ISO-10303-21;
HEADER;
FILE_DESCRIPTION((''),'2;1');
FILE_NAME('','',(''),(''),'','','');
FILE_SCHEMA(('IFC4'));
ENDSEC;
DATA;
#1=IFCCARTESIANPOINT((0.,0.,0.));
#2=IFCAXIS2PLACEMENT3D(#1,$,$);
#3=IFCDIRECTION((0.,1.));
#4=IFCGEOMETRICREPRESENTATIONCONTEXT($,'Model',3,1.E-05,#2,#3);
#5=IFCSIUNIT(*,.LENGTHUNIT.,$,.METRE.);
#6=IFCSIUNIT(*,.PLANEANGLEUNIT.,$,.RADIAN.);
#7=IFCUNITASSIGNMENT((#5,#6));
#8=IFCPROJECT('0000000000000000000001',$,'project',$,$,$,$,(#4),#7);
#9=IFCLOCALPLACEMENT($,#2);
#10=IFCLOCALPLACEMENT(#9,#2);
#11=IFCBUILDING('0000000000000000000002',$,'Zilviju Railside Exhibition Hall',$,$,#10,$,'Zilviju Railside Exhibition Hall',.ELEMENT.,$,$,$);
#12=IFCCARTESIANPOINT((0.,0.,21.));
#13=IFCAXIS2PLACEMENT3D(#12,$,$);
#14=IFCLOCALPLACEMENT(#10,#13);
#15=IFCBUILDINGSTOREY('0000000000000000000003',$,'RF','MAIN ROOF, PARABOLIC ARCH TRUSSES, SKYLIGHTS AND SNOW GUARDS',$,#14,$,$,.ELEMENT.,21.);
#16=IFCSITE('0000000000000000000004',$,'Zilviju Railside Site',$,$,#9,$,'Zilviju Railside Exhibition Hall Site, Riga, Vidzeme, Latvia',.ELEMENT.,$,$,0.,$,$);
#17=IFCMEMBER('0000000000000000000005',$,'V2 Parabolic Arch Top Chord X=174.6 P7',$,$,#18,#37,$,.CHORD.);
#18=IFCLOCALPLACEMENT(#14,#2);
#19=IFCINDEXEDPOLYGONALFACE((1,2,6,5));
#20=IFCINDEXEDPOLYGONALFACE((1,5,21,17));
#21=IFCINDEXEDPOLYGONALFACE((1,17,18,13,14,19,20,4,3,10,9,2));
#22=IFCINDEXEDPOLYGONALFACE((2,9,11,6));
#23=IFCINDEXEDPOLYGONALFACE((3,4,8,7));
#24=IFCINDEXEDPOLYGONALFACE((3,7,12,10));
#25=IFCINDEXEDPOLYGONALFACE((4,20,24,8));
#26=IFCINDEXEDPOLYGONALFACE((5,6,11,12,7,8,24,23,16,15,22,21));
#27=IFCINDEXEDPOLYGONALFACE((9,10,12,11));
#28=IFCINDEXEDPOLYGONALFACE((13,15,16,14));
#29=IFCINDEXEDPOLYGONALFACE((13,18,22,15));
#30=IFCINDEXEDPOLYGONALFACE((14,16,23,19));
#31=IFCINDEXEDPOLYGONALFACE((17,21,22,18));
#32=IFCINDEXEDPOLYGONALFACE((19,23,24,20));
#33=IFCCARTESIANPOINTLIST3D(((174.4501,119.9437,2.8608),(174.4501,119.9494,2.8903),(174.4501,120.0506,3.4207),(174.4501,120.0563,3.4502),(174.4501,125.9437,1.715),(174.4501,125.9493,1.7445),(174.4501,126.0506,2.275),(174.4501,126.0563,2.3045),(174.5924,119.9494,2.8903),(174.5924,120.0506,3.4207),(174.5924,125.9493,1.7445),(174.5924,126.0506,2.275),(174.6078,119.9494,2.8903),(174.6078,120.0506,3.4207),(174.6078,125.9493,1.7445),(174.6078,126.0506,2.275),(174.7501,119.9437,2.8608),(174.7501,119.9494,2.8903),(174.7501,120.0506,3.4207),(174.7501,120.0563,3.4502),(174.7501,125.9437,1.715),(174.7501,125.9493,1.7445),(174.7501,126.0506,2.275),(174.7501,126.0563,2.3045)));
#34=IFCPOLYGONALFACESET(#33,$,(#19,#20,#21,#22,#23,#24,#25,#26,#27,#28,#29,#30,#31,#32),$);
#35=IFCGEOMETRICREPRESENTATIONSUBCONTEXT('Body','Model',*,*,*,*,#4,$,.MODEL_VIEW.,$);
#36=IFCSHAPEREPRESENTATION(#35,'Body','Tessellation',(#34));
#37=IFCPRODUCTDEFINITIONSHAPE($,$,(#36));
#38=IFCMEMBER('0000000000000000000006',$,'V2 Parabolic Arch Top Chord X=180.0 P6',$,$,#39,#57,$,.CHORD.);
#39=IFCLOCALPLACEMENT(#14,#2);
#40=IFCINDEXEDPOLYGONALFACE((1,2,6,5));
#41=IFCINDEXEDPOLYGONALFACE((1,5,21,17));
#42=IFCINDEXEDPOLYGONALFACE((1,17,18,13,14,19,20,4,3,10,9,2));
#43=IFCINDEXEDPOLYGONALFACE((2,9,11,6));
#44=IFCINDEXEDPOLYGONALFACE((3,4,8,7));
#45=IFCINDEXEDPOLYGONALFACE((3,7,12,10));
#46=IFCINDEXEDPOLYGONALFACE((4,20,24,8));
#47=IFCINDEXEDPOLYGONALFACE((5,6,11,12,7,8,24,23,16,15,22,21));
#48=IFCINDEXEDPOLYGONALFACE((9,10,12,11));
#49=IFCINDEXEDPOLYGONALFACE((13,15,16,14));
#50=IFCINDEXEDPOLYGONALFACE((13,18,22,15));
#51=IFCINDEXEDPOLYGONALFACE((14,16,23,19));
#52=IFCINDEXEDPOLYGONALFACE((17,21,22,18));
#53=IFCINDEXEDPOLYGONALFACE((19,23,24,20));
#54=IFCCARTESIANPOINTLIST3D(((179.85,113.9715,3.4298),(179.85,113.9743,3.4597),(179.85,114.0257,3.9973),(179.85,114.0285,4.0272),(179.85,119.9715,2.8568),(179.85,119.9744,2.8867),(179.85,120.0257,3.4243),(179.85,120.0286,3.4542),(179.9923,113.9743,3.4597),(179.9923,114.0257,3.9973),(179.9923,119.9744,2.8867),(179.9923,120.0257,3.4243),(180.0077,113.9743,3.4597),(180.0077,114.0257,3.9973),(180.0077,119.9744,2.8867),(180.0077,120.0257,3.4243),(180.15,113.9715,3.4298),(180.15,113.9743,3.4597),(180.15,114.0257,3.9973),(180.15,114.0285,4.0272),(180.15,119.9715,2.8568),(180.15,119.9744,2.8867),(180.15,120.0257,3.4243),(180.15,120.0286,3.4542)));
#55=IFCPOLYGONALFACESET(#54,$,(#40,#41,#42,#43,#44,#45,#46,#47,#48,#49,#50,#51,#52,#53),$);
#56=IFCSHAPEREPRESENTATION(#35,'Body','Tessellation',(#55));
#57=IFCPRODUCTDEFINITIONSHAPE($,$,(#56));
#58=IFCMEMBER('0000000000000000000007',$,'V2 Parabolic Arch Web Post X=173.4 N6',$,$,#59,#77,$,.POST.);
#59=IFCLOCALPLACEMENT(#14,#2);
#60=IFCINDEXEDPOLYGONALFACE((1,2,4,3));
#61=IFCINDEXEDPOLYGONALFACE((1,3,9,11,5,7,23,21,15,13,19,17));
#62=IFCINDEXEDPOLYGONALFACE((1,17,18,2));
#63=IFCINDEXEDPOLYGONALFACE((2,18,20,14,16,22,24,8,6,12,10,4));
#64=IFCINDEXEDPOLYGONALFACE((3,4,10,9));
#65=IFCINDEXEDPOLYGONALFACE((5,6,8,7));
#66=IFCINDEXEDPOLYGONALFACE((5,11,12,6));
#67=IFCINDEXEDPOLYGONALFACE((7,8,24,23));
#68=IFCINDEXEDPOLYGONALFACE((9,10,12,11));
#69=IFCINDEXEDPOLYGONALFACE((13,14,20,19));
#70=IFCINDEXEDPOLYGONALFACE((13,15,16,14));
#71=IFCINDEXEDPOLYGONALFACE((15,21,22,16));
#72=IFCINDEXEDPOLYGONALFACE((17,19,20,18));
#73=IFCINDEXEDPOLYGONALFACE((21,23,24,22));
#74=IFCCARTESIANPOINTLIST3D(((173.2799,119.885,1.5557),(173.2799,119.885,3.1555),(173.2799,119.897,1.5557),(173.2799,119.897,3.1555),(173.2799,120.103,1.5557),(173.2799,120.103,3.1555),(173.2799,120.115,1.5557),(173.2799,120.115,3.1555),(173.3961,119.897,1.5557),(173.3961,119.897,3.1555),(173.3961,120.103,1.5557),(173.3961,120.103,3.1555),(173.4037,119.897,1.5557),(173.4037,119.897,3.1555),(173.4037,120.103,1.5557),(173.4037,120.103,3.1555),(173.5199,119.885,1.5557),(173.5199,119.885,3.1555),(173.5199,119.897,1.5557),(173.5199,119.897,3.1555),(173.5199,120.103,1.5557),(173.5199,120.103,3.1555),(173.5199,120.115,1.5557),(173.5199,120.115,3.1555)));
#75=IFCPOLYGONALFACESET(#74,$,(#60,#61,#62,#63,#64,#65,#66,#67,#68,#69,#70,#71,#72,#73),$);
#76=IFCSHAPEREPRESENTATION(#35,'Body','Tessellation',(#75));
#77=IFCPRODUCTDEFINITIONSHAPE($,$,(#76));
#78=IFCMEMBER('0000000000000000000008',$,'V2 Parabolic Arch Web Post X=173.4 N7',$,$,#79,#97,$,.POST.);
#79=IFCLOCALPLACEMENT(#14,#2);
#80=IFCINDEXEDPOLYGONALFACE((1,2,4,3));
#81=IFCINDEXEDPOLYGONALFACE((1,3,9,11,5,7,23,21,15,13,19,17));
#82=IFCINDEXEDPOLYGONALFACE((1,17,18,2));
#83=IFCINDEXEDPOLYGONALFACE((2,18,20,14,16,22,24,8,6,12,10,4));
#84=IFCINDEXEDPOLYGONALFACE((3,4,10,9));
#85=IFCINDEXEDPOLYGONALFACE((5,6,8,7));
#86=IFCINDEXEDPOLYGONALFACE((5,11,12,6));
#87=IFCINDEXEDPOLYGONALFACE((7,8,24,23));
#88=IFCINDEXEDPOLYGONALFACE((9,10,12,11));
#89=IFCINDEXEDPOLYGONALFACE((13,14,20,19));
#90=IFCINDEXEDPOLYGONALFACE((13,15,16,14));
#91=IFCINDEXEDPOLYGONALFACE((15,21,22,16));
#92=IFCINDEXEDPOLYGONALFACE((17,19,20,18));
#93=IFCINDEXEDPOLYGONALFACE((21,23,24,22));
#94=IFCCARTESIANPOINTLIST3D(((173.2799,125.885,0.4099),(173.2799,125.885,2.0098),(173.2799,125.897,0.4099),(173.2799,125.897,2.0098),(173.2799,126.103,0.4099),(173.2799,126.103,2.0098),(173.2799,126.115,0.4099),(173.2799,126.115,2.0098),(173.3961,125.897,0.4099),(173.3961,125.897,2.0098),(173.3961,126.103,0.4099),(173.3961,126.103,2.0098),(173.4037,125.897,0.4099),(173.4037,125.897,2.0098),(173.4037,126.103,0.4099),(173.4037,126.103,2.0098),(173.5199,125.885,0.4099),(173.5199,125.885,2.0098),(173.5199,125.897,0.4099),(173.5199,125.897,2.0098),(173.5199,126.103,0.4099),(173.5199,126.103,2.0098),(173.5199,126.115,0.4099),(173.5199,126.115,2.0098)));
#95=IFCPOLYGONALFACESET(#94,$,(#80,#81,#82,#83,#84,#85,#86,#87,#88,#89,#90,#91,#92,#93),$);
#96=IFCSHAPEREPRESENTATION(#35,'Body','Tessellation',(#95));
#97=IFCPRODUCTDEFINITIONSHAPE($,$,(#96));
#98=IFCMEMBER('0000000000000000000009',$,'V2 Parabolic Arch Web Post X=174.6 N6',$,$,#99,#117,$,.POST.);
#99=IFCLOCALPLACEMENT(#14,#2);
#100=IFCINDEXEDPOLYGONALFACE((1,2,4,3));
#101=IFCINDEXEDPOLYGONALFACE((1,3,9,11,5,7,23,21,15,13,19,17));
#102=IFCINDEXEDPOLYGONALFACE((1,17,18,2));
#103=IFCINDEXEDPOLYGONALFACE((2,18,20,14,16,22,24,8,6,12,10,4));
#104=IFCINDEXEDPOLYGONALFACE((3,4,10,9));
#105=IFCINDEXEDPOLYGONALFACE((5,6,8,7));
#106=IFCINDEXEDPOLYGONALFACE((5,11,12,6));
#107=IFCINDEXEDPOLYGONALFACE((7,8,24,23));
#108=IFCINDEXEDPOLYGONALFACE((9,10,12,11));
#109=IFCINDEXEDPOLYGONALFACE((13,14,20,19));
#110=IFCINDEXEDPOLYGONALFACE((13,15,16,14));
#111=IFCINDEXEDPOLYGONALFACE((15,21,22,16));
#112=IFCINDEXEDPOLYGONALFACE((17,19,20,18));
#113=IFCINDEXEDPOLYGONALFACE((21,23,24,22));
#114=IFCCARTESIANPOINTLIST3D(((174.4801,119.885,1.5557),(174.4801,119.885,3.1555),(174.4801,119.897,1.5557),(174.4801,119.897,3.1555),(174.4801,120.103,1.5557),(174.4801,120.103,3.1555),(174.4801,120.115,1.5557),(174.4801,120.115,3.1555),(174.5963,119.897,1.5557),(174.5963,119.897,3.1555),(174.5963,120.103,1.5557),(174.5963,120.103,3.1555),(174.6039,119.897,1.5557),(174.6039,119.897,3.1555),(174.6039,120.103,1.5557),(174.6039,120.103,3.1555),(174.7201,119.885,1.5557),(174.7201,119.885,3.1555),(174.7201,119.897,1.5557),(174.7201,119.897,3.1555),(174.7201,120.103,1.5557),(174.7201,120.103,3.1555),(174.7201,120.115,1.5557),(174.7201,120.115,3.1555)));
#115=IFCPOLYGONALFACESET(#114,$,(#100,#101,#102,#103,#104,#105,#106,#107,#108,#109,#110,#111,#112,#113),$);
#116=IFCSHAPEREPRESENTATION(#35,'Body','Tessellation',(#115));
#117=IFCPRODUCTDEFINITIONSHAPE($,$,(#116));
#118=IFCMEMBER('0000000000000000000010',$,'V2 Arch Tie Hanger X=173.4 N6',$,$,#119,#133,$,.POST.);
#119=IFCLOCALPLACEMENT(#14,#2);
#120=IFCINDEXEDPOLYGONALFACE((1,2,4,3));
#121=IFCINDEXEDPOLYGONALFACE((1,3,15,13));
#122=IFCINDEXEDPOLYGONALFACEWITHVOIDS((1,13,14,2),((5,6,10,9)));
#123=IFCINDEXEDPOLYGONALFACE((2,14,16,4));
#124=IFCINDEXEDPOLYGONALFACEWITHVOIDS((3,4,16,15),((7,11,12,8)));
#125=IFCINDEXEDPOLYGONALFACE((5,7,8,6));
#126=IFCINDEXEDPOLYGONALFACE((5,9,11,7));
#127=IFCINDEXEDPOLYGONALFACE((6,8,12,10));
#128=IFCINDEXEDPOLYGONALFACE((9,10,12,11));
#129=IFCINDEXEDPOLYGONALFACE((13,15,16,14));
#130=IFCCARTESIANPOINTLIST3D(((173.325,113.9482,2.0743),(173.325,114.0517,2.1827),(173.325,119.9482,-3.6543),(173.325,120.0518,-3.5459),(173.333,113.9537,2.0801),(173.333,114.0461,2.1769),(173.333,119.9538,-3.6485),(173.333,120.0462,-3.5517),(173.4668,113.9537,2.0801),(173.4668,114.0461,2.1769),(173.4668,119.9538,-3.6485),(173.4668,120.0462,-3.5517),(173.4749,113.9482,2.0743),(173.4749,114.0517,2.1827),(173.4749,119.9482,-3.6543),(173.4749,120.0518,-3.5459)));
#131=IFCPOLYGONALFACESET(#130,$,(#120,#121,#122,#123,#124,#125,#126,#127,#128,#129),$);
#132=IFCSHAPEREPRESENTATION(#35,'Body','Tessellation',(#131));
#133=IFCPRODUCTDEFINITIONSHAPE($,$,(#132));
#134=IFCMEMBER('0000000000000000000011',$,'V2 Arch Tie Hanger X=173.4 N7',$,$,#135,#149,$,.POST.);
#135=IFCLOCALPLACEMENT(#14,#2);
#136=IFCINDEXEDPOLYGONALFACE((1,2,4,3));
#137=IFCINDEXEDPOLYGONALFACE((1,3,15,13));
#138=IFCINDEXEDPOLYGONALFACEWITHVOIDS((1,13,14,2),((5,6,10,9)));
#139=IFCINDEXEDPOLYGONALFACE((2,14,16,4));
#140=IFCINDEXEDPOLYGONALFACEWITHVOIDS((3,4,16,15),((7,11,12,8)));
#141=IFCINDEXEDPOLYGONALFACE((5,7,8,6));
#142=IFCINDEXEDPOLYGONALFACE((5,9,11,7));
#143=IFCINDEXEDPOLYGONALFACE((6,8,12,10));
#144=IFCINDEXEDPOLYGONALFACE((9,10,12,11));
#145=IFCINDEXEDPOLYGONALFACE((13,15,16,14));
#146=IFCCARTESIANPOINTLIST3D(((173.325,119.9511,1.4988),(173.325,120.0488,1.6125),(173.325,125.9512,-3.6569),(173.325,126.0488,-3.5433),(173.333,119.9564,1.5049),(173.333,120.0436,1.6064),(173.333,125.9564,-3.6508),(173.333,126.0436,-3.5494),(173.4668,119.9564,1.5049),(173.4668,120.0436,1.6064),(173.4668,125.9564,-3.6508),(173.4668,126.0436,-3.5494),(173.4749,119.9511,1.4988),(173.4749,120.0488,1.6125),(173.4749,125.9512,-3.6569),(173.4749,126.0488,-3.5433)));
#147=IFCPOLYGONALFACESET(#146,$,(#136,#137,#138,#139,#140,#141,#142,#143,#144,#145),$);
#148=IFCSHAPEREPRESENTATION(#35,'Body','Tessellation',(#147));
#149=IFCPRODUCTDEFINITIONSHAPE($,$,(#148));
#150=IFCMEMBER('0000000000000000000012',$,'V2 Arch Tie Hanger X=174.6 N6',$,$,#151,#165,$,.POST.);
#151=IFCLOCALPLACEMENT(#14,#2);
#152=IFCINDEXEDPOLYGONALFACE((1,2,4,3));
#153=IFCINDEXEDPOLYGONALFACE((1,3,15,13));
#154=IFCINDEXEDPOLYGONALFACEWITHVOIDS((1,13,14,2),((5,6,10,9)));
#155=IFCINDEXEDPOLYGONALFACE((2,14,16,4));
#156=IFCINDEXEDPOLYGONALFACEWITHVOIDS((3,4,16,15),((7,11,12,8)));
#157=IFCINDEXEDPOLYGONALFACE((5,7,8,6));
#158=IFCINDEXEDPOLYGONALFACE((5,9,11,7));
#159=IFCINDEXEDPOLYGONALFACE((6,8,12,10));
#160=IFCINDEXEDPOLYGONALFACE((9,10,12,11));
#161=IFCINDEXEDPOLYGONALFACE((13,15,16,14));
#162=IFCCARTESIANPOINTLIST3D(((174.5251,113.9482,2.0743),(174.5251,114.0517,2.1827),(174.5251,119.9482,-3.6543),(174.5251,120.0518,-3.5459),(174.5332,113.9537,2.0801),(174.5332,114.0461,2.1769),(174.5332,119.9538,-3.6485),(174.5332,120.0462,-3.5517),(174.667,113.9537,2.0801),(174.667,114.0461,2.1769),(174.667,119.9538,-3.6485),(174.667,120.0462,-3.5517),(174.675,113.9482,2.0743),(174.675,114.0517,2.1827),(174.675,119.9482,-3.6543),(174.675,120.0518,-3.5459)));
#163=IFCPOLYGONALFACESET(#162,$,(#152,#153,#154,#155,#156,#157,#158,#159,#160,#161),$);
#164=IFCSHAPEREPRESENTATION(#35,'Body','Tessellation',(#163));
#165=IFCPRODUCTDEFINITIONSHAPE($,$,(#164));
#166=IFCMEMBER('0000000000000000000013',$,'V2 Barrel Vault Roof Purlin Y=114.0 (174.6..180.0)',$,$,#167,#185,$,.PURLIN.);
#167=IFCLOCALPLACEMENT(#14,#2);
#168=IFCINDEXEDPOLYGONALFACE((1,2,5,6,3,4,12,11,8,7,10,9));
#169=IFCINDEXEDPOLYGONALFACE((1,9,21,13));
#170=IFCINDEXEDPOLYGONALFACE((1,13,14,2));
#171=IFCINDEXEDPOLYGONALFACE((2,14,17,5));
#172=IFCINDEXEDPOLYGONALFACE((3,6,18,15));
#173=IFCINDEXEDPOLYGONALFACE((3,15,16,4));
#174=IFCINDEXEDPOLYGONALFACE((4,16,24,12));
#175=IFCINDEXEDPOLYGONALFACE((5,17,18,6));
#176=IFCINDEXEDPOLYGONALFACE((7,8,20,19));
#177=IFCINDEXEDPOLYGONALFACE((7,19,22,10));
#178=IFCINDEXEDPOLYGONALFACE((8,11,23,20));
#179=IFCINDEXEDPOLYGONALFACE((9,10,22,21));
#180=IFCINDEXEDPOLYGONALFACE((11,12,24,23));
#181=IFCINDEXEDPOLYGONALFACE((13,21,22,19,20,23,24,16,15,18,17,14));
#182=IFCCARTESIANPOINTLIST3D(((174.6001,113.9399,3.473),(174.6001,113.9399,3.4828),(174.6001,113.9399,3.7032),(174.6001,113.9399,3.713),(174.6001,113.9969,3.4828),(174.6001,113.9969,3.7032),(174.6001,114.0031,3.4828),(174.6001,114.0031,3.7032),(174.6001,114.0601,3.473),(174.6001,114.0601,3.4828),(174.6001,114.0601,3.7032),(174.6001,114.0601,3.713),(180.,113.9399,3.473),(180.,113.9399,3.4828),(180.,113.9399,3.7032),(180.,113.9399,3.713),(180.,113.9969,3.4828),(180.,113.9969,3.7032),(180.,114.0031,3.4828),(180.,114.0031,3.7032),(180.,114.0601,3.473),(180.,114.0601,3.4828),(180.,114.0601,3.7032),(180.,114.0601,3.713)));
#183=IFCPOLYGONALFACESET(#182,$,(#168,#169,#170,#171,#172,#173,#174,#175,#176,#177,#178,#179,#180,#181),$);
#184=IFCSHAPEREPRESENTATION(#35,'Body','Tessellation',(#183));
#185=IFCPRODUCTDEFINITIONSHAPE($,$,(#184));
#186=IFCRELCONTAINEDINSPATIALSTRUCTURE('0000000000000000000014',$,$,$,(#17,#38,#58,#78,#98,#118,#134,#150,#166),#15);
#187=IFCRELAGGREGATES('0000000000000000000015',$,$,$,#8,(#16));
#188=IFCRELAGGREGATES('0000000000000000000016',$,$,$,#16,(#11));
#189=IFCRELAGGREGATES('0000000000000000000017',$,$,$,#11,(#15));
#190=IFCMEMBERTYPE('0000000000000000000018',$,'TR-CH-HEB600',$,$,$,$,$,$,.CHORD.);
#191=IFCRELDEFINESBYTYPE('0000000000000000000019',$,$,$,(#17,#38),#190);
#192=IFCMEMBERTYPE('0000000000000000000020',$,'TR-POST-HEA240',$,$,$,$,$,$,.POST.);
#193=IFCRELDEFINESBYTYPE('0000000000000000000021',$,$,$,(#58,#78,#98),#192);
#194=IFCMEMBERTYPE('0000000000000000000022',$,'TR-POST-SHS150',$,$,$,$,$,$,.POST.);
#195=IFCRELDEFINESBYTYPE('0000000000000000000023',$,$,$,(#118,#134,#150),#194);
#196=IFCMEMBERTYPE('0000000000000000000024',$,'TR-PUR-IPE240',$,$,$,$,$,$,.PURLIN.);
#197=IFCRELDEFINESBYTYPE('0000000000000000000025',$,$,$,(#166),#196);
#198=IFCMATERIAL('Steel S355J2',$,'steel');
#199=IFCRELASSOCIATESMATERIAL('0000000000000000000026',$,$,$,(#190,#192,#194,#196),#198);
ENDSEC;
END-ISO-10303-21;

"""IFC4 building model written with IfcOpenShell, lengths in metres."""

from ifc_helpers import new_model, si_unit, direction, frame, origin, origin_2d, place, context, subcontext, project, spatial, hollow_rectangle, i_section, extrude, material, material_profile, profile_set, type_object, element, save


model = new_model("IFC4")

# Units and contexts
model_context = context("Model", 3, precision=1e-05, world=origin(), true_north=direction((0.0, 1.0)))
body_context = subcontext(model_context, "Body", "Model", "MODEL_VIEW")
ifc_project = project(units=[si_unit("LENGTHUNIT", "METRE"), si_unit("PLANEANGLEUNIT", "RADIAN")], contexts=[model_context])

# Site, building, storey
site_placement = place(None, origin())
site = spatial("IfcSite", under=ifc_project, at=site_placement, Name="Zilviju Railside Site", LongName="Zilviju Railside Exhibition Hall Site, Riga, Vidzeme, Latvia", CompositionType="ELEMENT", RefElevation=0.0)
building_placement = place(site_placement, origin())
building = spatial("IfcBuilding", under=site, at=building_placement, Name="Zilviju Railside Exhibition Hall", LongName="Zilviju Railside Exhibition Hall", CompositionType="ELEMENT")
storey_placement = place(building_placement, frame((0.0, 0.0, 21.0)))
storey = spatial("IfcBuildingStorey", under=building, at=storey_placement, Name="RF", Description="MAIN ROOF, PARABOLIC ARCH TRUSSES, SKYLIGHTS AND SNOW GUARDS", CompositionType="ELEMENT", Elevation=21.0)

# Members
ifc_material_1 = material(Name="Steel S355J2", Category="steel")
ifc_material_profile_1 = material_profile(ifc_material_1, i_section(OverallWidth=0.3, OverallDepth=0.6001, WebThickness=0.0154, FlangeThickness=0.03, at=origin_2d()), Name="HEB 600")
ifc_profile_set_1 = profile_set([ifc_material_profile_1], Name="Steel S355J2")
member_type_1 = type_object("IfcMemberType", Name="TR-CH-HEB600", PredefinedType="CHORD", material=ifc_profile_set_1)
member_1_placement = place(storey_placement, frame((174.6001, 120.0, 3.1555), z_axis=(0.0, 0.982251, -0.187569), x_axis=(-1.0, 0.0, 0.0)))
element("IfcMember", 1, at=member_1_placement, inside=storey, type_object=member_type_1, Name="V2 Parabolic Arch Top Chord X=174.6 P7", PredefinedType="CHORD", context=body_context, shape_type="SweptSolid", body=[
    extrude(i_section(OverallWidth=0.3, OverallDepth=0.6001, WebThickness=0.0154, FlangeThickness=0.03, at=origin_2d()), origin(), (0.0, 0.0, 1.0), 6.1084),
])
member_2_placement = place(storey_placement, frame((180.0, 114.0, 3.7285), z_axis=(0.0, 0.995471, -0.095067), x_axis=(-1.0, 0.0, 0.0)))
element("IfcMember", 2, at=member_2_placement, inside=storey, type_object=member_type_1, Name="V2 Parabolic Arch Top Chord X=180.0 P6", PredefinedType="CHORD", context=body_context, shape_type="SweptSolid", body=[
    extrude(i_section(OverallWidth=0.3, OverallDepth=0.6001, WebThickness=0.0154, FlangeThickness=0.03, at=origin_2d()), origin(), (0.0, 0.0, 1.0), 6.0273),
])
ifc_material_profile_2 = material_profile(ifc_material_1, i_section(OverallWidth=0.24, OverallDepth=0.23, WebThickness=0.0076, FlangeThickness=0.012, at=origin_2d()), Name="HEA 240")
ifc_profile_set_2 = profile_set([ifc_material_profile_2], Name="Steel S355J2")
member_type_2 = type_object("IfcMemberType", Name="TR-POST-HEA240", PredefinedType="POST", material=ifc_profile_set_2)
for number, where, z_axis, x_axis, name in (
    (3, (173.3999, 120.0, 1.5557), (0.0, 0.0, 1.0), (1.0, 0.0, 0.0), "V2 Parabolic Arch Web Post X=173.4 N6"),
    (4, (173.3999, 126.0, 0.4099), (0.0, 0.0, 1.0), (1.0, 0.0, 0.0), "V2 Parabolic Arch Web Post X=173.4 N7"),
    (5, (174.6001, 120.0, 1.5557), (0.0, 0.0, 1.0), (1.0, 0.0, 0.0), "V2 Parabolic Arch Web Post X=174.6 N6"),
):
    element("IfcMember", number, at=place(storey_placement, frame(where, z_axis=z_axis, x_axis=x_axis)), inside=storey, type_object=member_type_2, Name=name, PredefinedType="POST", context=body_context, shape_type="SweptSolid", body=[
        extrude(i_section(OverallWidth=0.24, OverallDepth=0.23, WebThickness=0.0076, FlangeThickness=0.012, at=origin_2d()), origin(), (0.0, 0.0, 1.0), 1.5999),
    ])
ifc_material_profile_3 = material_profile(ifc_material_1, hollow_rectangle(XDim=0.1499, YDim=0.1499, WallThickness=0.0081, at=origin_2d()), Name="SHS 150x150x8.0")
ifc_profile_set_3 = profile_set([ifc_material_profile_3], Name="Steel S355J2")
member_type_3 = type_object("IfcMemberType", Name="TR-POST-SHS150", PredefinedType="POST", material=ifc_profile_set_3)
member_3_placement = place(storey_placement, frame((173.3999, 120.0, -3.6001), z_axis=(0.0, -0.723281, 0.690554), x_axis=(1.0, 0.0, 0.0)))
element("IfcMember", 6, at=member_3_placement, inside=storey, type_object=member_type_3, Name="V2 Arch Tie Hanger X=173.4 N6", PredefinedType="POST", context=body_context, shape_type="SweptSolid", body=[
    extrude(hollow_rectangle(XDim=0.1499, YDim=0.1499, WallThickness=0.0081, at=origin_2d()), origin(), (0.0, 0.0, 1.0), 8.2957),
])
member_4_placement = place(storey_placement, frame((173.3999, 126.0, -3.6001), z_axis=(0.0, -0.75845, 0.651731), x_axis=(1.0, 0.0, 0.0)))
element("IfcMember", 7, at=member_4_placement, inside=storey, type_object=member_type_3, Name="V2 Arch Tie Hanger X=173.4 N7", PredefinedType="POST", context=body_context, shape_type="SweptSolid", body=[
    extrude(hollow_rectangle(XDim=0.1499, YDim=0.1499, WallThickness=0.0081, at=origin_2d()), origin(), (0.0, 0.0, 1.0), 7.9109),
])
member_5_placement = place(storey_placement, frame((174.6001, 120.0, -3.6001), z_axis=(0.0, -0.723281, 0.690554), x_axis=(1.0, 0.0, 0.0)))
element("IfcMember", 8, at=member_5_placement, inside=storey, type_object=member_type_3, Name="V2 Arch Tie Hanger X=174.6 N6", PredefinedType="POST", context=body_context, shape_type="SweptSolid", body=[
    extrude(hollow_rectangle(XDim=0.1499, YDim=0.1499, WallThickness=0.0081, at=origin_2d()), origin(), (0.0, 0.0, 1.0), 8.2957),
])
ifc_material_profile_4 = material_profile(ifc_material_1, i_section(OverallWidth=0.1201, OverallDepth=0.24, WebThickness=0.0061, FlangeThickness=0.0098, at=origin_2d()), Name="IPE 240")
ifc_profile_set_4 = profile_set([ifc_material_profile_4], Name="Steel S355J2")
member_type_4 = type_object("IfcMemberType", Name="TR-PUR-IPE240", PredefinedType="PURLIN", material=ifc_profile_set_4)
for number, where, z_axis, x_axis, name in (
    (9, (174.6001, 114.0, 3.593), (1.0, 0.0, 0.0), (0.0, 1.0, 0.0), "V2 Barrel Vault Roof Purlin Y=114.0 (174.6..180.0)"),
):
    element("IfcMember", number, at=place(storey_placement, frame(where, z_axis=z_axis, x_axis=x_axis)), inside=storey, type_object=member_type_4, Name=name, PredefinedType="PURLIN", context=body_context, shape_type="SweptSolid", body=[
        extrude(i_section(OverallWidth=0.1201, OverallDepth=0.24, WebThickness=0.0061, FlangeThickness=0.0098, at=origin_2d()), origin(), (0.0, 0.0, 1.0), 5.3999),
    ])

save(model, "model.ifc")
